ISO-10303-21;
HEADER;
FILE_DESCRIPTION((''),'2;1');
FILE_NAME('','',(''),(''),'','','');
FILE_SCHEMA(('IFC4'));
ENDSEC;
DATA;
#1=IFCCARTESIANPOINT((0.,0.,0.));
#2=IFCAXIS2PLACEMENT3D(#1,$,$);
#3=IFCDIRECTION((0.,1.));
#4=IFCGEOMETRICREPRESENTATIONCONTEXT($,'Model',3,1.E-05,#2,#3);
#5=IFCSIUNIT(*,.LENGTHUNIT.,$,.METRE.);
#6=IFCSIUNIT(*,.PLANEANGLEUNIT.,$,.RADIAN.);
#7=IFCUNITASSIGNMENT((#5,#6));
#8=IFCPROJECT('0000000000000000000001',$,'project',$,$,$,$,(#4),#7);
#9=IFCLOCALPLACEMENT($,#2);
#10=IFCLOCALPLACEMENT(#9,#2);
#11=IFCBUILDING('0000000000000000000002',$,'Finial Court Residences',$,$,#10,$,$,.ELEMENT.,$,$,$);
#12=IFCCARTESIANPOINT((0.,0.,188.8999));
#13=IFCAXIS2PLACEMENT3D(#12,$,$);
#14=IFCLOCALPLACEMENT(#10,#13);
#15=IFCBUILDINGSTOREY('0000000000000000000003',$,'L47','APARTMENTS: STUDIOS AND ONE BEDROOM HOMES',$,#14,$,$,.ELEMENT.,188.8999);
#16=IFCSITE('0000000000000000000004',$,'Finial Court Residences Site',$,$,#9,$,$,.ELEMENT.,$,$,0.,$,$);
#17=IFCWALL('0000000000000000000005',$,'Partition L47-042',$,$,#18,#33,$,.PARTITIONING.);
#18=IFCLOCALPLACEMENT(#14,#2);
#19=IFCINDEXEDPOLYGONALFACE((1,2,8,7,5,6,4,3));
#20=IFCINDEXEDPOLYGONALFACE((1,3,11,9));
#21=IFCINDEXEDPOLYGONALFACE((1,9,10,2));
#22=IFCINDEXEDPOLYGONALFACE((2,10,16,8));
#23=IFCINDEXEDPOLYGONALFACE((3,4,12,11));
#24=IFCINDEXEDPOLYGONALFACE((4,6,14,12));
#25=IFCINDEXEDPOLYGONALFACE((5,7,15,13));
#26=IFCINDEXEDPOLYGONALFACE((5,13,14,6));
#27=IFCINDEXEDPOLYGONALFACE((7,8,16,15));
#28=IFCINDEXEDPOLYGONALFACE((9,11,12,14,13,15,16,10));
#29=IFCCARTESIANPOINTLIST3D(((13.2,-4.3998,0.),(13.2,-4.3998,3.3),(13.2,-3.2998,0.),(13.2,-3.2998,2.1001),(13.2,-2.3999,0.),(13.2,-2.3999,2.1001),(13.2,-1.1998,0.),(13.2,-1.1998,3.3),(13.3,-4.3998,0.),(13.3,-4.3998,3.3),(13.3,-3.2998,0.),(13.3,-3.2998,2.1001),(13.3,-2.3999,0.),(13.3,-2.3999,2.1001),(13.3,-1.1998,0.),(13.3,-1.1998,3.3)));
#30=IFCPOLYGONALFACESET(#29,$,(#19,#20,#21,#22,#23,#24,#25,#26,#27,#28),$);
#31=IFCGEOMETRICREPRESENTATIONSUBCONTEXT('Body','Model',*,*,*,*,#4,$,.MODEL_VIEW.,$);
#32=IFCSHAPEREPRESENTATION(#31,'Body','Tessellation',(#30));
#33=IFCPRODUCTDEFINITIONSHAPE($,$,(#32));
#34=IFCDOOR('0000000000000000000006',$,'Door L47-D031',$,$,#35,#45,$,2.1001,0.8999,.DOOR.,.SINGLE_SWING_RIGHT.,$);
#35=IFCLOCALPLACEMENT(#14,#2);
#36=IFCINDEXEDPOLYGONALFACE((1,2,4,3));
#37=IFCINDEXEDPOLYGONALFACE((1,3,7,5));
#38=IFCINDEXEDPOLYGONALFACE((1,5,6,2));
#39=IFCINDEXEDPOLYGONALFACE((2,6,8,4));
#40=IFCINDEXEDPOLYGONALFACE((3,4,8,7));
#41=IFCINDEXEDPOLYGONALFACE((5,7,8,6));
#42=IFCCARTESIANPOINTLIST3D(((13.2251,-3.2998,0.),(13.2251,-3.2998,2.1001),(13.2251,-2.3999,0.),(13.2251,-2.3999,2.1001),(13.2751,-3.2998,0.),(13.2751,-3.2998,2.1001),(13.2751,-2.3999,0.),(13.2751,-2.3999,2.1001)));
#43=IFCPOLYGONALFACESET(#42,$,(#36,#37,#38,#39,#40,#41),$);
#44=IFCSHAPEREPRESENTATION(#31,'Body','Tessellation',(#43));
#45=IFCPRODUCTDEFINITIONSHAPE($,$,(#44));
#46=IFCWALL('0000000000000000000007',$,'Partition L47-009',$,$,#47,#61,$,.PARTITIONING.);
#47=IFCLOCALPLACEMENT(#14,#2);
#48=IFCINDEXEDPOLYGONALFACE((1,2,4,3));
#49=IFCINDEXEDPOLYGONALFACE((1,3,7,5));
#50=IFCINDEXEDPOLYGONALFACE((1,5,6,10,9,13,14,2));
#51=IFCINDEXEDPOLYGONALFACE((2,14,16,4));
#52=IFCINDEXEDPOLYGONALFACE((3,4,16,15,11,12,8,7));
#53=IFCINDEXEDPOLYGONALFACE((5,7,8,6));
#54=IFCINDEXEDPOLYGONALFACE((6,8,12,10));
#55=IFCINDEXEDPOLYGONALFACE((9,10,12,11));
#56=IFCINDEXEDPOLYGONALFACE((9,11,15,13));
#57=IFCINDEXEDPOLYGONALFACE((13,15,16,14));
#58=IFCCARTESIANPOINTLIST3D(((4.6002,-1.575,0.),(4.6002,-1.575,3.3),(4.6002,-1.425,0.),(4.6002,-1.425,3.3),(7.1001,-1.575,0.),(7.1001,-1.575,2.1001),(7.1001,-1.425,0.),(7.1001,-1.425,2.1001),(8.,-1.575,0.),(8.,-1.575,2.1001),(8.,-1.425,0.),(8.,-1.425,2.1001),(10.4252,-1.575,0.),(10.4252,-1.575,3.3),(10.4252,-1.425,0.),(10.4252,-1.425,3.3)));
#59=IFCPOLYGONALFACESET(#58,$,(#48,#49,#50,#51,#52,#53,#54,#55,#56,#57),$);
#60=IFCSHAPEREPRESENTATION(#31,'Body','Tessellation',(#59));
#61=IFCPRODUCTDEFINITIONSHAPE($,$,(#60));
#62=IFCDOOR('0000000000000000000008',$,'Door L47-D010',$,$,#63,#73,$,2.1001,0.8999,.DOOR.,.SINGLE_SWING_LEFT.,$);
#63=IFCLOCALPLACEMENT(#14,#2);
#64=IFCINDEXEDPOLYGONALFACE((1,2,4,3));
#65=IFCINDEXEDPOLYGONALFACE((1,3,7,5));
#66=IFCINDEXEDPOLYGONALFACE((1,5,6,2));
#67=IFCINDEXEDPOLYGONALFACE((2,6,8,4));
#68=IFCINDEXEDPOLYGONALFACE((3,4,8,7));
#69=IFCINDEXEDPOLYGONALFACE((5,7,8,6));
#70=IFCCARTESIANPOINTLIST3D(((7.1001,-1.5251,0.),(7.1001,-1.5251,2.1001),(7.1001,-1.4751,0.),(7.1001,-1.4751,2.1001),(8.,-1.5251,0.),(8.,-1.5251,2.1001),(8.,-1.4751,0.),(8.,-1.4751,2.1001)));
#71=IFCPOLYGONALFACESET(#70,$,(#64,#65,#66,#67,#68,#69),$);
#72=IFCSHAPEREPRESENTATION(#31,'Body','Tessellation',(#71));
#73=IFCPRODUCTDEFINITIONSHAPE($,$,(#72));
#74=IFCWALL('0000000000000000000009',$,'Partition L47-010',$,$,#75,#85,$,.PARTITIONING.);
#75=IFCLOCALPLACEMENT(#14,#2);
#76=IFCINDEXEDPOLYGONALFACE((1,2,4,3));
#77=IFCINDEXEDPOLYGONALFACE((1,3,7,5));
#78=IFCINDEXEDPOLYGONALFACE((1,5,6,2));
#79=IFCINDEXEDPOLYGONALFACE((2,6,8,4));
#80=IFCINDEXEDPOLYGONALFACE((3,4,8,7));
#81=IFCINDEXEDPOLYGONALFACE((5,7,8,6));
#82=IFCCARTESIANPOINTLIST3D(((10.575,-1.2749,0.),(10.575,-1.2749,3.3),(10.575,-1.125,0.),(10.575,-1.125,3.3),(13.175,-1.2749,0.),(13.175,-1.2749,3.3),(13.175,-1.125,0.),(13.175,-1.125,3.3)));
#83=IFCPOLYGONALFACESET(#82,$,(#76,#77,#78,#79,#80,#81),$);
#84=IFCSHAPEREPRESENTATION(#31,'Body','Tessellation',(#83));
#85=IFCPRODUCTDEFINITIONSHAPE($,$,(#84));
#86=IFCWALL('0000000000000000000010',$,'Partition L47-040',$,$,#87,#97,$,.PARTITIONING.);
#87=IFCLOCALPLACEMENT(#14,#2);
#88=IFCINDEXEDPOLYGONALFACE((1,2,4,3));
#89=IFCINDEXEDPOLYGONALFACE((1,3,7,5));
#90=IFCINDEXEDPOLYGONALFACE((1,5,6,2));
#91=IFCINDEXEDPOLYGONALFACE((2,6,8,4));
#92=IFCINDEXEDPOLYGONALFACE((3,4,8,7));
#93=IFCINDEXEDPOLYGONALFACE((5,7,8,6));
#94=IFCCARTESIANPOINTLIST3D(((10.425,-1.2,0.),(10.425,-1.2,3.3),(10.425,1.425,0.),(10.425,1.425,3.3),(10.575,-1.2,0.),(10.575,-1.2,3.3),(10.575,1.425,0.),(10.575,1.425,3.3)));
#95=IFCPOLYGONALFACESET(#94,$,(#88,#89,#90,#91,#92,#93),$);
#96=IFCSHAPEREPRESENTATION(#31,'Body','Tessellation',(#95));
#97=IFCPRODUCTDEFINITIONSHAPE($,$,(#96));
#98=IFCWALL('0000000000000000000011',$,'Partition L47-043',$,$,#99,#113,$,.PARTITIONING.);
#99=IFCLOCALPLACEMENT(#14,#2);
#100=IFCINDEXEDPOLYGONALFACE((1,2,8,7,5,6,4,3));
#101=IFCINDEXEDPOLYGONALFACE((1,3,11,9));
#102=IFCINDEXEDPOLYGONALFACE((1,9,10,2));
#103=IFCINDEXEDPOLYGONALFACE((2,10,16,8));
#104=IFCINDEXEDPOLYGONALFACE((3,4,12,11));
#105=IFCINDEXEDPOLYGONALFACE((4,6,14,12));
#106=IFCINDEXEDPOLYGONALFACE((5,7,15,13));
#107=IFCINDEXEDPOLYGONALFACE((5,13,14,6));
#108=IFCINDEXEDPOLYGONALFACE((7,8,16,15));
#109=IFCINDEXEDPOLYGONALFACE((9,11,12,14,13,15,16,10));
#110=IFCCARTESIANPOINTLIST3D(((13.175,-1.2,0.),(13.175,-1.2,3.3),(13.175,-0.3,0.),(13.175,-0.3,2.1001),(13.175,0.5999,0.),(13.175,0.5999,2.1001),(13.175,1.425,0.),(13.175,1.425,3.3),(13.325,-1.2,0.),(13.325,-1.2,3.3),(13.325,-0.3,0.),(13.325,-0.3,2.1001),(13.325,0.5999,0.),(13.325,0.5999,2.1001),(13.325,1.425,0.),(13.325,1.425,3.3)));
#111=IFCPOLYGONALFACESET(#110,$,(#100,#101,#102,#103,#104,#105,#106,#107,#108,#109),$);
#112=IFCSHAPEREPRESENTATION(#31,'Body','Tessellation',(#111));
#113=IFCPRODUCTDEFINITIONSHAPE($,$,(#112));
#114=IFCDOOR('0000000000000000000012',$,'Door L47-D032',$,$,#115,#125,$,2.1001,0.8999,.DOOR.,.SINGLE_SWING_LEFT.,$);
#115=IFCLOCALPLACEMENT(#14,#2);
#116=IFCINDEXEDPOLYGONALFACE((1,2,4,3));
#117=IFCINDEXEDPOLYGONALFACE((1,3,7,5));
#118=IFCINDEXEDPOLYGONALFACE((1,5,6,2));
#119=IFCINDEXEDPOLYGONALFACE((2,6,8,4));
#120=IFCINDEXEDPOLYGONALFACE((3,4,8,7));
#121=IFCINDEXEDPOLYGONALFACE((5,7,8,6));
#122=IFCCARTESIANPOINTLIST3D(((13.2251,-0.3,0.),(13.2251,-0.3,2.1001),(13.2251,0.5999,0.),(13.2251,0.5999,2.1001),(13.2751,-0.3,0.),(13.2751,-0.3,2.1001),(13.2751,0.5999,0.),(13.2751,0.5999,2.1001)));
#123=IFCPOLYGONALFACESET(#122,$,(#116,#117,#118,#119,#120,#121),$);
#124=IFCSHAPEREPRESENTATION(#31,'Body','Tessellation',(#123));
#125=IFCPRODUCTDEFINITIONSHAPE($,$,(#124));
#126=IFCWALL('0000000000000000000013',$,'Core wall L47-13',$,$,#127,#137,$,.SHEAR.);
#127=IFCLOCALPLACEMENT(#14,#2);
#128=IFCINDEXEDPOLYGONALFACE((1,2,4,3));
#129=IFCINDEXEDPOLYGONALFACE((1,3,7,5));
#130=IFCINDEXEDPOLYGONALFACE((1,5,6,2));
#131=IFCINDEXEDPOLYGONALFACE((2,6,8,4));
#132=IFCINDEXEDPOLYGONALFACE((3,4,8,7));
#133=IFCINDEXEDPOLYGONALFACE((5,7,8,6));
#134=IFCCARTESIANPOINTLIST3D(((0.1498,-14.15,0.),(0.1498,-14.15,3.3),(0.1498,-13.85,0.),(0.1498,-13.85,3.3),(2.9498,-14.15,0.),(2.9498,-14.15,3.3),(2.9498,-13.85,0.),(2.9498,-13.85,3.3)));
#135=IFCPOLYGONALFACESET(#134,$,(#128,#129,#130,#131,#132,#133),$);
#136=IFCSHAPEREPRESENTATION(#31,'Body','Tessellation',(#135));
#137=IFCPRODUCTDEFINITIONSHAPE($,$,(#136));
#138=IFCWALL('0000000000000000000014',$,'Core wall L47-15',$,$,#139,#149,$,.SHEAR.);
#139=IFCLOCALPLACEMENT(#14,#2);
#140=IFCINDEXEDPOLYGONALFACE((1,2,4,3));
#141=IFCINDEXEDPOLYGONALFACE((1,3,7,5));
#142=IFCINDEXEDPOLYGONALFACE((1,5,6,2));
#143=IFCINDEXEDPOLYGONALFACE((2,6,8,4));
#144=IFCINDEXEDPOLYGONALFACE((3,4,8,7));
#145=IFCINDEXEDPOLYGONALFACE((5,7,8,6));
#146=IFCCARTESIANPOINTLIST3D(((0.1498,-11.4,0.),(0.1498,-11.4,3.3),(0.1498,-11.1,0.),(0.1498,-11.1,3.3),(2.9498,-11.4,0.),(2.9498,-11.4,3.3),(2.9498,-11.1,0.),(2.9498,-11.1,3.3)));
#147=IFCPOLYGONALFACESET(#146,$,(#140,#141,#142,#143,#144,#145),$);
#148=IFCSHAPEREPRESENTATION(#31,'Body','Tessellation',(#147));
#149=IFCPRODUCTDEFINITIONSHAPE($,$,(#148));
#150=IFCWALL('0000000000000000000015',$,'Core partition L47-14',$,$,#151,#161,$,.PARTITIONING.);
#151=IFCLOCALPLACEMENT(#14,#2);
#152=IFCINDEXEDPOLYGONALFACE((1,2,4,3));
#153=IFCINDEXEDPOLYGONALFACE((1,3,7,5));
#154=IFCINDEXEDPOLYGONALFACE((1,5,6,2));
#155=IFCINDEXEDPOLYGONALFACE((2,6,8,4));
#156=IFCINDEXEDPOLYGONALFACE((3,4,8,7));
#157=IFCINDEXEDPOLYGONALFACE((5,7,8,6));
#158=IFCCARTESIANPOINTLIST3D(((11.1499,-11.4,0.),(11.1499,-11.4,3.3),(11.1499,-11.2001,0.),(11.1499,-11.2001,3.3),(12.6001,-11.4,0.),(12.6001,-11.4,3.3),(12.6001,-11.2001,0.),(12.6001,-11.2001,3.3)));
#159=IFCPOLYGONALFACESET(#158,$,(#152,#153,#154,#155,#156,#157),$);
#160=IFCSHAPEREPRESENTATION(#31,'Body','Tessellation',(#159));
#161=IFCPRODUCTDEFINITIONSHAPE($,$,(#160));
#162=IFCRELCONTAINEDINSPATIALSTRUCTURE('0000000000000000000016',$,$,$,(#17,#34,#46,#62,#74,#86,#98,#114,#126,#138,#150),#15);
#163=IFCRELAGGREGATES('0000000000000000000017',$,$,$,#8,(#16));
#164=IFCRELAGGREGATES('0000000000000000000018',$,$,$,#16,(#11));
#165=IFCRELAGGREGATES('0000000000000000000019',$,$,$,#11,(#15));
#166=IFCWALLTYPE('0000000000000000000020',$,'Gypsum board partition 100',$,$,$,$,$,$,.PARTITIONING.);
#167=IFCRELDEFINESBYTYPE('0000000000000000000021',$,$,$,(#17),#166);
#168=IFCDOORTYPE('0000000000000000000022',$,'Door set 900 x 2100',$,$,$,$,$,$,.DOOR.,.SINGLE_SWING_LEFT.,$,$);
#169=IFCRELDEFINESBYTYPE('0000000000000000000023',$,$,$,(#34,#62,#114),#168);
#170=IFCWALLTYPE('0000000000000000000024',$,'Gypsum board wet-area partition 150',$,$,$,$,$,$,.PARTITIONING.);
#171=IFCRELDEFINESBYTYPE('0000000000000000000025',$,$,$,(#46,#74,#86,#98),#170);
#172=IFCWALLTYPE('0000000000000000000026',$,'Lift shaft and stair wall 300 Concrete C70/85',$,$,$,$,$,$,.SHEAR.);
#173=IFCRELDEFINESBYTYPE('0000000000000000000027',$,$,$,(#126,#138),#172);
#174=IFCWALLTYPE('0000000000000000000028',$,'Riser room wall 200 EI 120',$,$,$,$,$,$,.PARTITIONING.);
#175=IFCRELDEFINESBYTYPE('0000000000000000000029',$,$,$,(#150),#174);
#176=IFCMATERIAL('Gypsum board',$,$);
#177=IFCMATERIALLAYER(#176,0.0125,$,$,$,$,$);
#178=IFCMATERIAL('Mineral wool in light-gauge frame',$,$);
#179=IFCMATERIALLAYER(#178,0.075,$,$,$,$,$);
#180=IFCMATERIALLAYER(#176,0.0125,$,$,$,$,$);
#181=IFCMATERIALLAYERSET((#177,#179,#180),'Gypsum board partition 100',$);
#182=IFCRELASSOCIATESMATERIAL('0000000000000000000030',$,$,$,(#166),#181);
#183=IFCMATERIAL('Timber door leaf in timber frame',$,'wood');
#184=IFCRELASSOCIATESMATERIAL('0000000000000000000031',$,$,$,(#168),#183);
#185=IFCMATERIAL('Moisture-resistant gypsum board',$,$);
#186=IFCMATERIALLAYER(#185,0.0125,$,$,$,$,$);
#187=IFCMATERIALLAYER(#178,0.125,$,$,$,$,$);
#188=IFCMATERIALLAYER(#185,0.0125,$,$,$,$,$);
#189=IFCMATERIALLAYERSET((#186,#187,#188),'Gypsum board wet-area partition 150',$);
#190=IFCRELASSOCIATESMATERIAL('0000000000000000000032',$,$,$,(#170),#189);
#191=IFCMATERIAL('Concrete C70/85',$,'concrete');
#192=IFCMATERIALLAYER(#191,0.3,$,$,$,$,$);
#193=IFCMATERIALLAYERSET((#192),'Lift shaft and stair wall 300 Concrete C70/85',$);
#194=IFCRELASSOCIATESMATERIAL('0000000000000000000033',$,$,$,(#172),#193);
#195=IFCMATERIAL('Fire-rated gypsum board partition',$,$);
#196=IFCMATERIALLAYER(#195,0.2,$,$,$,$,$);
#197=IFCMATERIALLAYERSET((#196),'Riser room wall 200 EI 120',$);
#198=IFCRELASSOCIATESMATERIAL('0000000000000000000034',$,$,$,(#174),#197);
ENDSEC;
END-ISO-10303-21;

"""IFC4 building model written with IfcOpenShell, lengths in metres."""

from ifc_helpers import new_model, si_unit, direction, frame, frame_2d, origin, place, context, subcontext, project, spatial, rectangle, extrude, material, layer, layer_set, type_object, element, fill, save


model = new_model("IFC4")

# Units and contexts
model_context = context("Model", 3, precision=1e-05, world=origin(), true_north=direction((0.0, 1.0)))
body_context = subcontext(model_context, "Body", "Model", "MODEL_VIEW")
ifc_project = project(units=[si_unit("LENGTHUNIT", "METRE"), si_unit("PLANEANGLEUNIT", "RADIAN")], contexts=[model_context])

# Site, building, storey
site_placement = place(None, origin())
site = spatial("IfcSite", under=ifc_project, at=site_placement, Name="Finial Court Residences Site", CompositionType="ELEMENT", RefElevation=0.0)
building_placement = place(site_placement, origin())
building = spatial("IfcBuilding", under=site, at=building_placement, Name="Finial Court Residences", CompositionType="ELEMENT")
storey_placement = place(building_placement, frame((0.0, 0.0, 188.8999)))
storey = spatial("IfcBuildingStorey", under=building, at=storey_placement, Name="L47", Description="APARTMENTS: STUDIOS AND ONE BEDROOM HOMES", CompositionType="ELEMENT", Elevation=188.8999)

# Shared definitions
ifc_material_1 = material(Name="Fire-rated gypsum board partition")

# Shared definitions
ifc_material_2 = material(Name="Gypsum board")

# Shared definitions
ifc_layer_1 = layer(ifc_material_2, 0.0125)
ifc_material_3 = material(Name="Mineral wool in light-gauge frame")
ifc_layer_2 = layer(ifc_material_3, 0.075)
ifc_layer_3 = layer(ifc_material_2, 0.0125)
ifc_layer_set_1 = layer_set([ifc_layer_1, ifc_layer_2, ifc_layer_3], Name="Gypsum board partition 100")
wall_type_1 = type_object("IfcWallType", Name="Gypsum board partition 100", PredefinedType="PARTITIONING", material=ifc_layer_set_1)

# Walls, openings, doors
wall_1_placement = place(storey_placement, frame((13.25, -4.3999, 0.0), z_axis=(0.0, 0.0, 1.0), x_axis=(0.0, 1.0, 0.0)))
wall_1 = element("IfcWall", 1, at=wall_1_placement, inside=storey, type_object=wall_type_1, Name="Partition L47-042", PredefinedType="PARTITIONING", context=body_context, shape_type="SweptSolid", body=[
    extrude(rectangle(XDim=3.2, YDim=0.1001, at=frame_2d((1.6001, 0.0))), origin(), (0.0, 0.0, 1.0), 3.3),
])
opening_1_placement = place(wall_1_placement, frame((1.1001, 0.0, 0.0)))
opening_1 = element("IfcOpeningElement", 2, at=opening_1_placement, cuts=wall_1, PredefinedType="OPENING", context=body_context, shape_type="SweptSolid", body=[
    extrude(rectangle(XDim=0.8999, YDim=2.1001, at=frame_2d((0.45, 1.05))), frame((0.0, 0.0601, 0.0), z_axis=(0.0, -1.0, 0.0), x_axis=(1.0, 0.0, 0.0)), (0.0, 0.0, 1.0), 0.1201),
])
ifc_material_4 = material(Name="Timber door leaf in timber frame", Category="wood")
door_type_1 = type_object("IfcDoorType", Name="Door set 900 x 2100", OperationType="SINGLE_SWING_LEFT", PredefinedType="DOOR", material=ifc_material_4)
door_1_placement = place(opening_1_placement, origin())
door_1 = element("IfcDoor", 3, at=door_1_placement, inside=storey, type_object=door_type_1, Name="Door L47-D031", OperationType="SINGLE_SWING_RIGHT", OverallHeight=2.1001, OverallWidth=0.8999, PredefinedType="DOOR", context=body_context, shape_type="SweptSolid", body=[
    extrude(rectangle(XDim=0.8999, YDim=2.1001, at=frame_2d((0.45, 1.05))), frame((0.0, 0.0249, 0.0), z_axis=(0.0, -1.0, 0.0), x_axis=(1.0, 0.0, 0.0)), (0.0, 0.0, 1.0), 0.05),
])
fill(opening_1, door_1)
ifc_material_5 = material(Name="Moisture-resistant gypsum board")
ifc_layer_4 = layer(ifc_material_5, 0.0125)
ifc_layer_5 = layer(ifc_material_3, 0.125)
ifc_layer_6 = layer(ifc_material_5, 0.0125)
ifc_layer_set_2 = layer_set([ifc_layer_4, ifc_layer_5, ifc_layer_6], Name="Gypsum board wet-area partition 150")
wall_type_2 = type_object("IfcWallType", Name="Gypsum board wet-area partition 150", PredefinedType="PARTITIONING", material=ifc_layer_set_2)
wall_2_placement = place(storey_placement, frame((4.6001, -1.5, 0.0), z_axis=(0.0, 0.0, 1.0), x_axis=(1.0, 0.0, 0.0)))
wall_2 = element("IfcWall", 4, at=wall_2_placement, inside=storey, type_object=wall_type_2, Name="Partition L47-009", PredefinedType="PARTITIONING", context=body_context, shape_type="SweptSolid", body=[
    extrude(rectangle(XDim=5.825, YDim=0.1499, at=frame_2d((2.9126, 0.0))), origin(), (0.0, 0.0, 1.0), 3.3),
])
opening_2_placement = place(wall_2_placement, frame((2.5, 0.0, 0.0)))
opening_2 = element("IfcOpeningElement", 5, at=opening_2_placement, cuts=wall_2, PredefinedType="OPENING", context=body_context, shape_type="SweptSolid", body=[
    extrude(rectangle(XDim=0.8999, YDim=2.1001, at=frame_2d((0.45, 1.05))), frame((0.0, 0.085, 0.0), z_axis=(0.0, -1.0, 0.0), x_axis=(1.0, 0.0, 0.0)), (0.0, 0.0, 1.0), 0.1699),
])
door_2_placement = place(opening_2_placement, origin())
door_2 = element("IfcDoor", 6, at=door_2_placement, inside=storey, type_object=door_type_1, Name="Door L47-D010", OperationType="SINGLE_SWING_LEFT", OverallHeight=2.1001, OverallWidth=0.8999, PredefinedType="DOOR", context=body_context, shape_type="SweptSolid", body=[
    extrude(rectangle(XDim=0.8999, YDim=2.1001, at=frame_2d((0.45, 1.05))), frame((0.0, 0.0249, 0.0), z_axis=(0.0, -1.0, 0.0), x_axis=(1.0, 0.0, 0.0)), (0.0, 0.0, 1.0), 0.05),
])
fill(opening_2, door_2)

# Walls
wall_3_placement = place(storey_placement, frame((10.575, -1.2, 0.0), z_axis=(0.0, 0.0, 1.0), x_axis=(1.0, 0.0, 0.0)))
element("IfcWall", 7, at=wall_3_placement, inside=storey, type_object=wall_type_2, Name="Partition L47-010", PredefinedType="PARTITIONING", context=body_context, shape_type="SweptSolid", body=[
    extrude(rectangle(XDim=2.6001, YDim=0.1499, at=frame_2d((1.3, 0.0))), origin(), (0.0, 0.0, 1.0), 3.3),
])
wall_4_placement = place(storey_placement, frame((10.5, -1.2, 0.0), z_axis=(0.0, 0.0, 1.0), x_axis=(0.0, 1.0, 0.0)))
element("IfcWall", 8, at=wall_4_placement, inside=storey, type_object=wall_type_2, Name="Partition L47-040", PredefinedType="PARTITIONING", context=body_context, shape_type="SweptSolid", body=[
    extrude(rectangle(XDim=2.625, YDim=0.1499, at=frame_2d((1.3125, 0.0))), origin(), (0.0, 0.0, 1.0), 3.3),
])

# Wall, opening, door
wall_5_placement = place(storey_placement, frame((13.25, -1.2, 0.0), z_axis=(0.0, 0.0, 1.0), x_axis=(0.0, 1.0, 0.0)))
wall_5 = element("IfcWall", 9, at=wall_5_placement, inside=storey, type_object=wall_type_2, Name="Partition L47-043", PredefinedType="PARTITIONING", context=body_context, shape_type="SweptSolid", body=[
    extrude(rectangle(XDim=2.625, YDim=0.1499, at=frame_2d((1.3125, 0.0))), origin(), (0.0, 0.0, 1.0), 3.3),
])
opening_3_placement = place(wall_5_placement, frame((0.8999, 0.0, 0.0)))
opening_3 = element("IfcOpeningElement", 10, at=opening_3_placement, cuts=wall_5, PredefinedType="OPENING", context=body_context, shape_type="SweptSolid", body=[
    extrude(rectangle(XDim=0.8999, YDim=2.1001, at=frame_2d((0.45, 1.05))), frame((0.0, 0.085, 0.0), z_axis=(0.0, -1.0, 0.0), x_axis=(1.0, 0.0, 0.0)), (0.0, 0.0, 1.0), 0.1699),
])
door_3_placement = place(opening_3_placement, origin())
door_3 = element("IfcDoor", 11, at=door_3_placement, inside=storey, type_object=door_type_1, Name="Door L47-D032", OperationType="SINGLE_SWING_LEFT", OverallHeight=2.1001, OverallWidth=0.8999, PredefinedType="DOOR", context=body_context, shape_type="SweptSolid", body=[
    extrude(rectangle(XDim=0.8999, YDim=2.1001, at=frame_2d((0.45, 1.05))), frame((0.0, 0.0249, 0.0), z_axis=(0.0, -1.0, 0.0), x_axis=(1.0, 0.0, 0.0)), (0.0, 0.0, 1.0), 0.05),
])
fill(opening_3, door_3)

# Walls
ifc_material_6 = material(Name="Concrete C70/85", Category="concrete")
ifc_layer_7 = layer(ifc_material_6, 0.3)
ifc_layer_set_3 = layer_set([ifc_layer_7], Name="Lift shaft and stair wall 300 Concrete C70/85")
wall_type_3 = type_object("IfcWallType", Name="Lift shaft and stair wall 300 Concrete C70/85", PredefinedType="SHEAR", material=ifc_layer_set_3)
for number, where, z_axis, x_axis, name in (
    (12, (0.1499, -14.0, 0.0), (0.0, 0.0, 1.0), (1.0, 0.0, 0.0), "Core wall L47-13"),
    (13, (0.1499, -11.25, 0.0), (0.0, 0.0, 1.0), (1.0, 0.0, 0.0), "Core wall L47-15"),
):
    element("IfcWall", number, at=place(storey_placement, frame(where, z_axis=z_axis, x_axis=x_axis)), inside=storey, type_object=wall_type_3, Name=name, PredefinedType="SHEAR", context=body_context, shape_type="SweptSolid", body=[
        extrude(rectangle(XDim=2.8, YDim=0.3, at=frame_2d((1.3999, 0.0))), origin(), (0.0, 0.0, 1.0), 3.3),
    ])
ifc_layer_8 = layer(ifc_material_1, 0.2)
ifc_layer_set_4 = layer_set([ifc_layer_8], Name="Riser room wall 200 EI 120")
wall_type_4 = type_object("IfcWallType", Name="Riser room wall 200 EI 120", PredefinedType="PARTITIONING", material=ifc_layer_set_4)
wall_6_placement = place(storey_placement, frame((11.1499, -11.3, 0.0), z_axis=(0.0, 0.0, 1.0), x_axis=(1.0, 0.0, 0.0)))
element("IfcWall", 14, at=wall_6_placement, inside=storey, type_object=wall_type_4, Name="Core partition L47-14", PredefinedType="PARTITIONING", context=body_context, shape_type="SweptSolid", body=[
    extrude(rectangle(XDim=1.4502, YDim=0.2, at=frame_2d((0.7251, 0.0))), origin(), (0.0, 0.0, 1.0), 3.3),
])

save(model, "model.ifc")
